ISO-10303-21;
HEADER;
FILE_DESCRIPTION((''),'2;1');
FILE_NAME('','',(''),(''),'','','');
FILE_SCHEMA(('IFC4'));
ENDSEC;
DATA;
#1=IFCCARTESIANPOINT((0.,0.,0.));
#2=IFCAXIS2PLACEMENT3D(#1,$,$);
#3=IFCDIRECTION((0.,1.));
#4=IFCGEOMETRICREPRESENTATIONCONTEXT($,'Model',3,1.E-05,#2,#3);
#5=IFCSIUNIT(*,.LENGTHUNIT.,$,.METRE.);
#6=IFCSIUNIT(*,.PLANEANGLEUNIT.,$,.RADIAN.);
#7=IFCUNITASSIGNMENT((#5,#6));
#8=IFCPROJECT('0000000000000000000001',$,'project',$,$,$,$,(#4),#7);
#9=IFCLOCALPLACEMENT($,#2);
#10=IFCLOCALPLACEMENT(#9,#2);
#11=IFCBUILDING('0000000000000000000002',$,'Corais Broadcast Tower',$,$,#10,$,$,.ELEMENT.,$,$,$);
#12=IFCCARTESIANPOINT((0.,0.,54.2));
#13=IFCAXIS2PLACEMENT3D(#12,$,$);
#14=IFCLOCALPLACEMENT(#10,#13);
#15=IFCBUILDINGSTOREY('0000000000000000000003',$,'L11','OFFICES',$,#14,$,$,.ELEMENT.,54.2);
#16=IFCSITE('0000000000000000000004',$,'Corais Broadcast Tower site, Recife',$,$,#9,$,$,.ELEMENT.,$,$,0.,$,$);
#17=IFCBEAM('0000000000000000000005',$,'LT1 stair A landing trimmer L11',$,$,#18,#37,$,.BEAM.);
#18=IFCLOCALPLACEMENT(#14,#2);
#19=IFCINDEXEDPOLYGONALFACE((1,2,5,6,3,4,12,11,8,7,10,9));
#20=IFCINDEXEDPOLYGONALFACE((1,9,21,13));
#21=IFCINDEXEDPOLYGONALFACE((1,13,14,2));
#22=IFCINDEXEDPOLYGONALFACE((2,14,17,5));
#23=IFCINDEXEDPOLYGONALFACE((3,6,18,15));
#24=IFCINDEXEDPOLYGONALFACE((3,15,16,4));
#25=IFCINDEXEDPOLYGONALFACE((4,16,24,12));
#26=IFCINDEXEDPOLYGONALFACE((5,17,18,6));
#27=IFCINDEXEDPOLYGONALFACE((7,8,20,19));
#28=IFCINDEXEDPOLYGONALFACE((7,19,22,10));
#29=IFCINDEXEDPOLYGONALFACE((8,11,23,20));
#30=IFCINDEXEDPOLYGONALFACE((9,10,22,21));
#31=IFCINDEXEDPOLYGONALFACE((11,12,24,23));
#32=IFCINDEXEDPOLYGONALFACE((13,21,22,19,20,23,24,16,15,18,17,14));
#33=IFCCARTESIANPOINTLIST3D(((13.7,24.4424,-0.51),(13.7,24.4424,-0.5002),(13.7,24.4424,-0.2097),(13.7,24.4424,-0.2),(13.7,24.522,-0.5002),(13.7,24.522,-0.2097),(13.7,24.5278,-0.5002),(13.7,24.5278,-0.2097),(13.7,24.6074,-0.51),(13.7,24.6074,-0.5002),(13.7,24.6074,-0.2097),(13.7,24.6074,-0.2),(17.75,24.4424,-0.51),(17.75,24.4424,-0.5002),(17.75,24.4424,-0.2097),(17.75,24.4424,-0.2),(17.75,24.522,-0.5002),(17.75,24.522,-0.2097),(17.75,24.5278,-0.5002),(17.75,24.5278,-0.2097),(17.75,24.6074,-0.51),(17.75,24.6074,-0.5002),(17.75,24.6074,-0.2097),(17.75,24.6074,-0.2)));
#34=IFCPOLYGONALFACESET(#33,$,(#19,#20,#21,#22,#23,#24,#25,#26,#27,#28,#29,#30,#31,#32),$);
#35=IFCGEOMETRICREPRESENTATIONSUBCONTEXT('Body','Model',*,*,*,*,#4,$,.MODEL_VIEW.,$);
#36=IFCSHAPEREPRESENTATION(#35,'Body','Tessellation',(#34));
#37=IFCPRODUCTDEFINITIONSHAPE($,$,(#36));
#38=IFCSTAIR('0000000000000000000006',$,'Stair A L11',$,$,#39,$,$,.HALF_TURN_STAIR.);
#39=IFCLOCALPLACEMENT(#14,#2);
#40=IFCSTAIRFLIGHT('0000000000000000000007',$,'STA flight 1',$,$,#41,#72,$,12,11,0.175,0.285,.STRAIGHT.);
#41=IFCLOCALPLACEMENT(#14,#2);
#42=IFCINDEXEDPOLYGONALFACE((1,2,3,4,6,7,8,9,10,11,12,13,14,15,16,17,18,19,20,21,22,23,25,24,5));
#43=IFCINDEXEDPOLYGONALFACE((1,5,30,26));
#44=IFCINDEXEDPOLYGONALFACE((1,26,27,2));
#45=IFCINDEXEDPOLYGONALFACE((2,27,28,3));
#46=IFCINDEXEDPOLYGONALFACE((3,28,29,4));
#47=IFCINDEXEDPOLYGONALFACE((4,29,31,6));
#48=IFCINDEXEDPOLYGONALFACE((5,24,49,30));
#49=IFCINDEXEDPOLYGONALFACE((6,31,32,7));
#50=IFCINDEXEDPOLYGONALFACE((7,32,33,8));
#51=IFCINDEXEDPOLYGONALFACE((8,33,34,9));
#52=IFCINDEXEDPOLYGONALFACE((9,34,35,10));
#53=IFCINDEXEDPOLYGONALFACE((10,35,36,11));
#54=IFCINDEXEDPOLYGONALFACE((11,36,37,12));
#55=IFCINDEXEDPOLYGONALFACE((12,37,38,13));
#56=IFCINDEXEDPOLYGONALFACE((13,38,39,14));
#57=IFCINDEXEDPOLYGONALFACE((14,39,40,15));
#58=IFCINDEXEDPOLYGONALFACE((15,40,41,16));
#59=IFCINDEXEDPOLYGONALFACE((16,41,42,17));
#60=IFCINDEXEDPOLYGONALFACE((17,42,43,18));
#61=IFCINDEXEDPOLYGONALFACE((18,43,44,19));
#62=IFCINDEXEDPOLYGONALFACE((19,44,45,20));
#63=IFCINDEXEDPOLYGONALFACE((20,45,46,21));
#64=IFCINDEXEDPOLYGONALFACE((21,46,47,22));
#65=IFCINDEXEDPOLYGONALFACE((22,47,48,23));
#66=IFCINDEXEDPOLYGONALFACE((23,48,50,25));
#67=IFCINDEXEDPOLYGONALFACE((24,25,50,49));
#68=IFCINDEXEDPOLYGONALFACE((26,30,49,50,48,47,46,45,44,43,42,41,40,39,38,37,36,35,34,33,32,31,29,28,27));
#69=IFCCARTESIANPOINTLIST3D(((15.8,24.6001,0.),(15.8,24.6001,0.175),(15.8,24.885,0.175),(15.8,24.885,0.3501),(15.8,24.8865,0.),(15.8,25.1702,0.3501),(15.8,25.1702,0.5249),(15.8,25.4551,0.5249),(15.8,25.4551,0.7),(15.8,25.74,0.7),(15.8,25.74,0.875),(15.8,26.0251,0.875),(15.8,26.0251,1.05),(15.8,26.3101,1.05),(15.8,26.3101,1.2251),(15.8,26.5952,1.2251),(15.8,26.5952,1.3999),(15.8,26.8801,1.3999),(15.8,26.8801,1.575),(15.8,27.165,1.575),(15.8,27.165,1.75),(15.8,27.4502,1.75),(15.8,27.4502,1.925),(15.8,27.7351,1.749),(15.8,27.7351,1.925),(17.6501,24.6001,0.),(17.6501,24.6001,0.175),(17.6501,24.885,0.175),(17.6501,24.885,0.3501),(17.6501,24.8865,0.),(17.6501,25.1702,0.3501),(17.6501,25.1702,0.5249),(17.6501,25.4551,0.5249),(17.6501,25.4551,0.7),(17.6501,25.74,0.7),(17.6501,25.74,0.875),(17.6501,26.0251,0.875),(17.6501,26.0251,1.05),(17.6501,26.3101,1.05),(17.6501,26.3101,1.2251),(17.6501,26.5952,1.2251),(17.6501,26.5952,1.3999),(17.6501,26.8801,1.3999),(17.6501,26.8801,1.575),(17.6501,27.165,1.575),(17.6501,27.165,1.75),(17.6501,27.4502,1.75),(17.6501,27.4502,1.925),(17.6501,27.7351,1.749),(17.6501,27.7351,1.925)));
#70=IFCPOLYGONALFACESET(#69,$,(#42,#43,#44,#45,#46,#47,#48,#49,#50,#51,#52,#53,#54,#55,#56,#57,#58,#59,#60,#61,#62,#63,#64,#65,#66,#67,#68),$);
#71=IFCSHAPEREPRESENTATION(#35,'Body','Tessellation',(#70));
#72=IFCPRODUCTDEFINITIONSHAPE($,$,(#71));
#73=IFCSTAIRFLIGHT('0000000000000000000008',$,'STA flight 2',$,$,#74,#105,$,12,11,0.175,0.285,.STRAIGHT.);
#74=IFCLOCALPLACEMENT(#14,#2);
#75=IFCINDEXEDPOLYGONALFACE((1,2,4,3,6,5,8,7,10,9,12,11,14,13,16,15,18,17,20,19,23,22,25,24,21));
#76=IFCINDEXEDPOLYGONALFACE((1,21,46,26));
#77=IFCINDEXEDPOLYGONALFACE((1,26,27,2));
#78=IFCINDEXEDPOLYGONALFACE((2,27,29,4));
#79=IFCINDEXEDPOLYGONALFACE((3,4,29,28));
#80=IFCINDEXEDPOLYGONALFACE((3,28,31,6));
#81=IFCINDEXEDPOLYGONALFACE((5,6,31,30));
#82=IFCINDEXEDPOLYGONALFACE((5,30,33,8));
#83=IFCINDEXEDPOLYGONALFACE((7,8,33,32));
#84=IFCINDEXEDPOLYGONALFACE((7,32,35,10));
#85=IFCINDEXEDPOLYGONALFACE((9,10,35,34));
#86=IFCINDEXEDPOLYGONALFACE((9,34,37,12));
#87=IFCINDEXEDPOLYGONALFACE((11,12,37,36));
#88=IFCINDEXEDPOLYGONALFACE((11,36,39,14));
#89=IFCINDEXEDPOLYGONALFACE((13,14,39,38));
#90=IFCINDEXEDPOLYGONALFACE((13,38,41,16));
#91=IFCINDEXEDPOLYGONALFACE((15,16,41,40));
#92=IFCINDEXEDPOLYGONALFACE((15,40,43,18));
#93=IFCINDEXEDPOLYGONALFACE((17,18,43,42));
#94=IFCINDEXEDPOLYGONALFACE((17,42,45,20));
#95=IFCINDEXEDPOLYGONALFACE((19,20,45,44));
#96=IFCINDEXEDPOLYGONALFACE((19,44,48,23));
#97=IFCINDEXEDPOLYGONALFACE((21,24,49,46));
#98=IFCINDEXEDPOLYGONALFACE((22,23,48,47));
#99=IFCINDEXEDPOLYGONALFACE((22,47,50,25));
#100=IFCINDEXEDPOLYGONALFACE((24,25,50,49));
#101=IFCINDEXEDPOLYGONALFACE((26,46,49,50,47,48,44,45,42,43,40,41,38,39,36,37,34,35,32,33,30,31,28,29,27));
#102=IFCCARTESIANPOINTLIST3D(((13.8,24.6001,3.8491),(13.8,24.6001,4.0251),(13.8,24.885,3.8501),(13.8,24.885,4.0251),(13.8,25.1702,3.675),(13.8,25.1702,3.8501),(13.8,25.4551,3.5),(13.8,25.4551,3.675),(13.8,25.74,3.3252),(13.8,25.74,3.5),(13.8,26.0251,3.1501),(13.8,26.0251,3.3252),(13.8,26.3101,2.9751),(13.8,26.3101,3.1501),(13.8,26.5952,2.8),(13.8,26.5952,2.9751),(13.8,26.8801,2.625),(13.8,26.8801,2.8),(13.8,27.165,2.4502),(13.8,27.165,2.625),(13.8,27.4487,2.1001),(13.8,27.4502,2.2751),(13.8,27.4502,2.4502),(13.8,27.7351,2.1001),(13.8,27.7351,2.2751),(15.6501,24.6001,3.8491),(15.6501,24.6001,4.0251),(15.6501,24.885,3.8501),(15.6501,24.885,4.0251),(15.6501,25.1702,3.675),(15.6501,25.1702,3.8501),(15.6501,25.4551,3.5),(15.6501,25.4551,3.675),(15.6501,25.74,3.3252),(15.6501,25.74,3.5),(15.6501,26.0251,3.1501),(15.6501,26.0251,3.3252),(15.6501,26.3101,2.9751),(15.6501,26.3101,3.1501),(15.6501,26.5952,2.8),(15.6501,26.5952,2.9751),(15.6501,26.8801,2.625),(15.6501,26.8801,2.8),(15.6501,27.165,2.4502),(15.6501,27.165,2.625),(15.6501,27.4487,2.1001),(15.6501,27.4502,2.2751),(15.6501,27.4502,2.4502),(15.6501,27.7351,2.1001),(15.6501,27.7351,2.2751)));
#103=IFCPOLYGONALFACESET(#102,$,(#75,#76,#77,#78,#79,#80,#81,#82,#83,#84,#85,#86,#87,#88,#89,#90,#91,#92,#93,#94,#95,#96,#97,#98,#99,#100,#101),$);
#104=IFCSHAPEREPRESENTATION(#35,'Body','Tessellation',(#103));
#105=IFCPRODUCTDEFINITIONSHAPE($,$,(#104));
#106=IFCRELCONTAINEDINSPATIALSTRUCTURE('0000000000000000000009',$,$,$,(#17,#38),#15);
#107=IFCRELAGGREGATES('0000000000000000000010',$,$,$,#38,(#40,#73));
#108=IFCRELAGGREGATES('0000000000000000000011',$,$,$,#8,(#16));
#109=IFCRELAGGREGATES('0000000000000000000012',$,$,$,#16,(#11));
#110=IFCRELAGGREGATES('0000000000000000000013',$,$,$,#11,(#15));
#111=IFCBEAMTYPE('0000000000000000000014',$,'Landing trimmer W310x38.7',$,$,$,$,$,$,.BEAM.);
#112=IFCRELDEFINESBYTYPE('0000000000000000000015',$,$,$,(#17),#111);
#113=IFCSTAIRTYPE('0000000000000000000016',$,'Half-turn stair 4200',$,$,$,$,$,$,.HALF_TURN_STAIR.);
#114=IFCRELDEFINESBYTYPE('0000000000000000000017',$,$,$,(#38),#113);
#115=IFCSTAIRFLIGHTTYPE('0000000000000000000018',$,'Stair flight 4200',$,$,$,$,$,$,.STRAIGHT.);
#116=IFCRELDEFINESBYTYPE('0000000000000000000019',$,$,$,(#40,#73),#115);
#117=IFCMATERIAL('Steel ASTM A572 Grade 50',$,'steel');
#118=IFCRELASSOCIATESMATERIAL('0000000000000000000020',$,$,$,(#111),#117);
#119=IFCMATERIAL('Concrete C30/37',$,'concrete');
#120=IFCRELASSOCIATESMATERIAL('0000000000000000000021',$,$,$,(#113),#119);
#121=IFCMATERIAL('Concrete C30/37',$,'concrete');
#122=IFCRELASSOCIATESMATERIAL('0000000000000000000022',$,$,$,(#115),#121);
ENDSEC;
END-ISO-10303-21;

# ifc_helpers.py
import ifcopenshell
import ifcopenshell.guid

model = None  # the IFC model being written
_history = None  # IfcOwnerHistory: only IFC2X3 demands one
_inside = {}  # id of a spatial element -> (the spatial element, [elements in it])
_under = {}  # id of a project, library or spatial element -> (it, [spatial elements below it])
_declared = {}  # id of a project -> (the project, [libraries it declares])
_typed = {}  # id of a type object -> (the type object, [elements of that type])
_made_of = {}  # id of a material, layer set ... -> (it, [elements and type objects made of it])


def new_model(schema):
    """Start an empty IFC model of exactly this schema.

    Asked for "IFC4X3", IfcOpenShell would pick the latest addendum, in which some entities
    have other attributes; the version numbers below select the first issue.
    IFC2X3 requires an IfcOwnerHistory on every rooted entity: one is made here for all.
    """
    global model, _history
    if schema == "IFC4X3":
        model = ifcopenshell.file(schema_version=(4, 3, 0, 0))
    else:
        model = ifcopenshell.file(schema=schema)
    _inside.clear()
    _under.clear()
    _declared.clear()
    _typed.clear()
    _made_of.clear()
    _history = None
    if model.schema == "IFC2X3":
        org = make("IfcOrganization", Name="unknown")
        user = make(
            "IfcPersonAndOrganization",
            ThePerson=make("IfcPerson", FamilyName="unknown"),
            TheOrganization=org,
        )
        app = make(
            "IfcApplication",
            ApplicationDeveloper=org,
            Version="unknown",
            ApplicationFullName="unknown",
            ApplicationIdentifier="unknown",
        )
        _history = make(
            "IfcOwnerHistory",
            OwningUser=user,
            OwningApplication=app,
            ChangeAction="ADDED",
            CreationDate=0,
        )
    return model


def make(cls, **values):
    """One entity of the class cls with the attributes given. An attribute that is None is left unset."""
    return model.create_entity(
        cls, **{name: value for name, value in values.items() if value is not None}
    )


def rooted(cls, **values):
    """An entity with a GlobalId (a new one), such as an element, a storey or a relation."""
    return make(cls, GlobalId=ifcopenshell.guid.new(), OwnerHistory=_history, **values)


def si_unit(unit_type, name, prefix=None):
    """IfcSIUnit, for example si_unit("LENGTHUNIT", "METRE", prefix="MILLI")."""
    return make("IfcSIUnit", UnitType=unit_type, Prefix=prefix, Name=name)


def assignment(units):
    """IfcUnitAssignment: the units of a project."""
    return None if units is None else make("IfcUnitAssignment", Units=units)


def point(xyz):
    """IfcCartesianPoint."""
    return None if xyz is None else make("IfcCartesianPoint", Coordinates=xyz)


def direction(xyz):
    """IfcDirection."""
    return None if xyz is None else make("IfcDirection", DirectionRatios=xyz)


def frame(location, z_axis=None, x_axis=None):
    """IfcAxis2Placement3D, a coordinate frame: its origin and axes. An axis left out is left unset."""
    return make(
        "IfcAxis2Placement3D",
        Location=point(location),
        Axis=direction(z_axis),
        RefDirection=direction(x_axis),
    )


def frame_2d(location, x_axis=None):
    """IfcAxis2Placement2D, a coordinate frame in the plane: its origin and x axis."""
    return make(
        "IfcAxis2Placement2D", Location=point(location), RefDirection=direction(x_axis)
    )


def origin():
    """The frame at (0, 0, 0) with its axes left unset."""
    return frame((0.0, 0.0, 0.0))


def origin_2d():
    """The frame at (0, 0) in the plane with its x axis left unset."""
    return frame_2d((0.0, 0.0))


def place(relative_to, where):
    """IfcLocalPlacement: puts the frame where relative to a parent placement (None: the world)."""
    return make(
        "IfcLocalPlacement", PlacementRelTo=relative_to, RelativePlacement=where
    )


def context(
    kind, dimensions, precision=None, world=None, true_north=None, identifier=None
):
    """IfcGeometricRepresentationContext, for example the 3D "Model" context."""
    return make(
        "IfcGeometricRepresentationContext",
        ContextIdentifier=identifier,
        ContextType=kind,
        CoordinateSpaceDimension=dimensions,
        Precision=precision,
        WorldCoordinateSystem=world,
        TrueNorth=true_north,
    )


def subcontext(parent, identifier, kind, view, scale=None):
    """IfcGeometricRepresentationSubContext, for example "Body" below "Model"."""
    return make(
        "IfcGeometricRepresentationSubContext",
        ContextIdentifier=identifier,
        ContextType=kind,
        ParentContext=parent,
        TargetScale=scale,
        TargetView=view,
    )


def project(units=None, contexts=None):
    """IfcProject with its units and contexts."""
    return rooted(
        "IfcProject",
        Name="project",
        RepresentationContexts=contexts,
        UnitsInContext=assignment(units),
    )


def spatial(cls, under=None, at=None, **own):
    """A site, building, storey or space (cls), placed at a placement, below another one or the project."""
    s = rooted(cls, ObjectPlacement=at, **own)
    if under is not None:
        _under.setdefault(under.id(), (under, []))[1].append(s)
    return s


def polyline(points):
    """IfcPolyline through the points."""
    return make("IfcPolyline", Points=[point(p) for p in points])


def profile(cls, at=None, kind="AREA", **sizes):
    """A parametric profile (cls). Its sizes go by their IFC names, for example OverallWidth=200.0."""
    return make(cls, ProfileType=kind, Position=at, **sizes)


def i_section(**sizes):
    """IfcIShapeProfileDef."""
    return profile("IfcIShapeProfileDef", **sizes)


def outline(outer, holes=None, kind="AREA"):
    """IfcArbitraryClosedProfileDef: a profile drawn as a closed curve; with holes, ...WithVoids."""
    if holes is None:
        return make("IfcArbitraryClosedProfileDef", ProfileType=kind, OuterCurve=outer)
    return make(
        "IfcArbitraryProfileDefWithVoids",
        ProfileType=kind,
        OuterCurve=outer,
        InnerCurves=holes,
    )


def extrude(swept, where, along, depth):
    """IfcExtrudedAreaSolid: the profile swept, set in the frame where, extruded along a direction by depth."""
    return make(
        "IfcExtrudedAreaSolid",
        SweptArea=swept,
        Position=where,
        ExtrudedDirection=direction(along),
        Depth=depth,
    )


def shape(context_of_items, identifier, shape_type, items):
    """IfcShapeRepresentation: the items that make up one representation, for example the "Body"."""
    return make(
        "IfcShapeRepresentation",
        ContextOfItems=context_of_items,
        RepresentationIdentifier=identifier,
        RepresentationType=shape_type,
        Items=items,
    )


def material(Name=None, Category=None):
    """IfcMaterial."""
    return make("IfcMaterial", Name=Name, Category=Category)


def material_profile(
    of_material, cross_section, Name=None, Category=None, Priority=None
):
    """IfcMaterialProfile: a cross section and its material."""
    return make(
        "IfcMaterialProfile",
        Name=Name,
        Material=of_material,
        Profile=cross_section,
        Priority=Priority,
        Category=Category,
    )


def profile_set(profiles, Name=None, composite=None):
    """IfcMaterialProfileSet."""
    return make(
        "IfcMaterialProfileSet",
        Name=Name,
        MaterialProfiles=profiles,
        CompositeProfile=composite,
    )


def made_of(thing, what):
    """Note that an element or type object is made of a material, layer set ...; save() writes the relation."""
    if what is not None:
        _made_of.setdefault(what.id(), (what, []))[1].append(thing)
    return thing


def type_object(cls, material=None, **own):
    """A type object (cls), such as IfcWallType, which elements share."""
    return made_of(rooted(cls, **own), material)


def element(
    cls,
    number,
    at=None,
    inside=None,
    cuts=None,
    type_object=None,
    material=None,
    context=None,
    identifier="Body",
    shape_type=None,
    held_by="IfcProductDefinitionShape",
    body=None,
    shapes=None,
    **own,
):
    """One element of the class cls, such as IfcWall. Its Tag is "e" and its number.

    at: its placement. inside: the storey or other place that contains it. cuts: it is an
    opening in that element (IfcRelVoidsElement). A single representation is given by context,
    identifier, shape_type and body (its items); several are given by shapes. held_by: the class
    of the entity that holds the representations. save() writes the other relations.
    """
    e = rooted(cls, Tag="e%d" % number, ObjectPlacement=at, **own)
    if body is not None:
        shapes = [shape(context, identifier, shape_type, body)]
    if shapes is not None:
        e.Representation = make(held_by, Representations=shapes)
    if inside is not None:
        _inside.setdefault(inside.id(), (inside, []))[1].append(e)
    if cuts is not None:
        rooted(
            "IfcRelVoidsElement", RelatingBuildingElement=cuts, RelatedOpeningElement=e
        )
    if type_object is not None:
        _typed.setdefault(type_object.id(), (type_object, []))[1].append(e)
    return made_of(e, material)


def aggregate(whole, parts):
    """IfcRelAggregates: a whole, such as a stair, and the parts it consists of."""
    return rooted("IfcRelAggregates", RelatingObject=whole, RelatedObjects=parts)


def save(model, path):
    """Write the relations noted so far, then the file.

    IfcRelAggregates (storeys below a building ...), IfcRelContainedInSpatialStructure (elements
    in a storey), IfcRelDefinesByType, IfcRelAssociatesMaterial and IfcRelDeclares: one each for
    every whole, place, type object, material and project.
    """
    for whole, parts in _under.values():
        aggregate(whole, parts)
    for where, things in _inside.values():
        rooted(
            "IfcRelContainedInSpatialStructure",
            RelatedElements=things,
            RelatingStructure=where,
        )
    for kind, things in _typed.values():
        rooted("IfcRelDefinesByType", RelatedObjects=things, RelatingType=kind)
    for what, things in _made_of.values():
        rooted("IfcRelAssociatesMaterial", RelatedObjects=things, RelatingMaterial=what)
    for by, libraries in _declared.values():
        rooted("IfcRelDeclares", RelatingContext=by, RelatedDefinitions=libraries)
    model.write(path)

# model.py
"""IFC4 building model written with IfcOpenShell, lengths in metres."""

from ifc_helpers import new_model, si_unit, direction, frame, origin, origin_2d, place, context, subcontext, project, spatial, polyline, i_section, outline, extrude, material, material_profile, profile_set, type_object, element, aggregate, save


model = new_model("IFC4")

# Units and contexts
model_context = context("Model", 3, precision=1e-05, world=origin(), true_north=direction((0.0, 1.0)))
body_context = subcontext(model_context, "Body", "Model", "MODEL_VIEW")
ifc_project = project(units=[si_unit("LENGTHUNIT", "METRE"), si_unit("PLANEANGLEUNIT", "RADIAN")], contexts=[model_context])

# Site, building, storey
site_placement = place(None, origin())
site = spatial("IfcSite", under=ifc_project, at=site_placement, Name="Corais Broadcast Tower site, Recife", CompositionType="ELEMENT", RefElevation=0.0)
building_placement = place(site_placement, origin())
building = spatial("IfcBuilding", under=site, at=building_placement, Name="Corais Broadcast Tower", CompositionType="ELEMENT")
storey_placement = place(building_placement, frame((0.0, 0.0, 54.2)))
storey = spatial("IfcBuildingStorey", under=building, at=storey_placement, Name="L11", Description="OFFICES", CompositionType="ELEMENT", Elevation=54.2)

# Beam
ifc_material_1 = material(Name="Steel ASTM A572 Grade 50", Category="steel")
ifc_material_profile = material_profile(ifc_material_1, i_section(OverallWidth=0.165, OverallDepth=0.3101, WebThickness=0.0059, FlangeThickness=0.0098, at=origin_2d()), Name="W310x38.7")
ifc_profile_set = profile_set([ifc_material_profile], Name="Steel ASTM A572 Grade 50")
beam_type = type_object("IfcBeamType", Name="Landing trimmer W310x38.7", PredefinedType="BEAM", material=ifc_profile_set)
beam_placement = place(storey_placement, frame((13.7, 24.5249, -0.355), z_axis=(1.0, 0.0, 0.0), x_axis=(0.0, 1.0, 0.0)))
element("IfcBeam", 1, at=beam_placement, inside=storey, type_object=beam_type, Name="LT1 stair A landing trimmer L11", PredefinedType="BEAM", context=body_context, shape_type="SweptSolid", body=[
    extrude(i_section(OverallWidth=0.165, OverallDepth=0.3101, WebThickness=0.0059, FlangeThickness=0.0098, at=origin_2d()), origin(), (0.0, 0.0, 1.0), 4.05),
])

# Stair, stair flights
ifc_material_2 = material(Name="Concrete C30/37", Category="concrete")
stair_type = type_object("IfcStairType", Name="Half-turn stair 4200", PredefinedType="HALF_TURN_STAIR", material=ifc_material_2)
stair_placement = place(storey_placement, origin())
stair = element("IfcStair", 2, at=stair_placement, inside=storey, type_object=stair_type, Name="Stair A L11", PredefinedType="HALF_TURN_STAIR")
ifc_material_3 = material(Name="Concrete C30/37", Category="concrete")
stair_flight_type = type_object("IfcStairFlightType", Name="Stair flight 4200", PredefinedType="STRAIGHT", material=ifc_material_3)
stair_flight_1_placement = place(storey_placement, frame((16.7251, 24.6001, 0.0), z_axis=(0.0, 0.0, 1.0), x_axis=(0.0, 1.0, 0.0)))
stair_flight_1 = element("IfcStairFlight", 3, at=stair_flight_1_placement, type_object=stair_flight_type, Name="STA flight 1", NumberOfRisers=12, NumberOfTreads=11, PredefinedType="STRAIGHT", RiserHeight=0.175, TreadLength=0.285, context=body_context, shape_type="SweptSolid", body=[
    extrude(outline(polyline([(0.0, 0.0), (0.0, 0.175), (0.2849, 0.175), (0.2849, 0.3501), (0.5701, 0.3501), (0.5701, 0.5249), (0.855, 0.5249), (0.855, 0.7), (1.1399, 0.7), (1.1399, 0.875), (1.425, 0.875), (1.425, 1.05), (1.71, 1.05), (1.71, 1.2251), (1.9951, 1.2251), (1.9951, 1.3999), (2.28, 1.3999), (2.28, 1.575), (2.5649, 1.575), (2.5649, 1.75), (2.8501, 1.75), (2.8501, 1.925), (3.135, 1.925), (3.135, 2.1001), (3.135, 1.749), (0.2864, 0.0), (0.0, 0.0)])), frame((0.0, 0.925, 0.0), z_axis=(0.0, -1.0, 0.0), x_axis=(1.0, 0.0, 0.0)), (0.0, 0.0, 1.0), 1.8501),
])
stair_flight_2_placement = place(storey_placement, frame((14.7251, 27.7351, 2.1001), z_axis=(0.0, 0.0, 1.0), x_axis=(0.0, -1.0, 0.0)))
stair_flight_2 = element("IfcStairFlight", 4, at=stair_flight_2_placement, type_object=stair_flight_type, Name="STA flight 2", NumberOfRisers=12, NumberOfTreads=11, PredefinedType="STRAIGHT", RiserHeight=0.175, TreadLength=0.285, context=body_context, shape_type="SweptSolid", body=[
    extrude(outline(polyline([(0.0, 0.0), (0.0, 0.175), (0.2849, 0.175), (0.2849, 0.3501), (0.5701, 0.3501), (0.5701, 0.5249), (0.855, 0.5249), (0.855, 0.7), (1.1399, 0.7), (1.1399, 0.875), (1.425, 0.875), (1.425, 1.05), (1.71, 1.05), (1.71, 1.2251), (1.9951, 1.2251), (1.9951, 1.3999), (2.28, 1.3999), (2.28, 1.575), (2.5649, 1.575), (2.5649, 1.75), (2.8501, 1.75), (2.8501, 1.925), (3.135, 1.925), (3.135, 2.1001), (3.135, 1.749), (0.2864, 0.0), (0.0, 0.0)])), frame((0.0, 0.925, 0.0), z_axis=(0.0, -1.0, 0.0), x_axis=(1.0, 0.0, 0.0)), (0.0, 0.0, 1.0), 1.8501),
])
aggregate(stair, [stair_flight_1, stair_flight_2])

save(model, "model.ifc")
